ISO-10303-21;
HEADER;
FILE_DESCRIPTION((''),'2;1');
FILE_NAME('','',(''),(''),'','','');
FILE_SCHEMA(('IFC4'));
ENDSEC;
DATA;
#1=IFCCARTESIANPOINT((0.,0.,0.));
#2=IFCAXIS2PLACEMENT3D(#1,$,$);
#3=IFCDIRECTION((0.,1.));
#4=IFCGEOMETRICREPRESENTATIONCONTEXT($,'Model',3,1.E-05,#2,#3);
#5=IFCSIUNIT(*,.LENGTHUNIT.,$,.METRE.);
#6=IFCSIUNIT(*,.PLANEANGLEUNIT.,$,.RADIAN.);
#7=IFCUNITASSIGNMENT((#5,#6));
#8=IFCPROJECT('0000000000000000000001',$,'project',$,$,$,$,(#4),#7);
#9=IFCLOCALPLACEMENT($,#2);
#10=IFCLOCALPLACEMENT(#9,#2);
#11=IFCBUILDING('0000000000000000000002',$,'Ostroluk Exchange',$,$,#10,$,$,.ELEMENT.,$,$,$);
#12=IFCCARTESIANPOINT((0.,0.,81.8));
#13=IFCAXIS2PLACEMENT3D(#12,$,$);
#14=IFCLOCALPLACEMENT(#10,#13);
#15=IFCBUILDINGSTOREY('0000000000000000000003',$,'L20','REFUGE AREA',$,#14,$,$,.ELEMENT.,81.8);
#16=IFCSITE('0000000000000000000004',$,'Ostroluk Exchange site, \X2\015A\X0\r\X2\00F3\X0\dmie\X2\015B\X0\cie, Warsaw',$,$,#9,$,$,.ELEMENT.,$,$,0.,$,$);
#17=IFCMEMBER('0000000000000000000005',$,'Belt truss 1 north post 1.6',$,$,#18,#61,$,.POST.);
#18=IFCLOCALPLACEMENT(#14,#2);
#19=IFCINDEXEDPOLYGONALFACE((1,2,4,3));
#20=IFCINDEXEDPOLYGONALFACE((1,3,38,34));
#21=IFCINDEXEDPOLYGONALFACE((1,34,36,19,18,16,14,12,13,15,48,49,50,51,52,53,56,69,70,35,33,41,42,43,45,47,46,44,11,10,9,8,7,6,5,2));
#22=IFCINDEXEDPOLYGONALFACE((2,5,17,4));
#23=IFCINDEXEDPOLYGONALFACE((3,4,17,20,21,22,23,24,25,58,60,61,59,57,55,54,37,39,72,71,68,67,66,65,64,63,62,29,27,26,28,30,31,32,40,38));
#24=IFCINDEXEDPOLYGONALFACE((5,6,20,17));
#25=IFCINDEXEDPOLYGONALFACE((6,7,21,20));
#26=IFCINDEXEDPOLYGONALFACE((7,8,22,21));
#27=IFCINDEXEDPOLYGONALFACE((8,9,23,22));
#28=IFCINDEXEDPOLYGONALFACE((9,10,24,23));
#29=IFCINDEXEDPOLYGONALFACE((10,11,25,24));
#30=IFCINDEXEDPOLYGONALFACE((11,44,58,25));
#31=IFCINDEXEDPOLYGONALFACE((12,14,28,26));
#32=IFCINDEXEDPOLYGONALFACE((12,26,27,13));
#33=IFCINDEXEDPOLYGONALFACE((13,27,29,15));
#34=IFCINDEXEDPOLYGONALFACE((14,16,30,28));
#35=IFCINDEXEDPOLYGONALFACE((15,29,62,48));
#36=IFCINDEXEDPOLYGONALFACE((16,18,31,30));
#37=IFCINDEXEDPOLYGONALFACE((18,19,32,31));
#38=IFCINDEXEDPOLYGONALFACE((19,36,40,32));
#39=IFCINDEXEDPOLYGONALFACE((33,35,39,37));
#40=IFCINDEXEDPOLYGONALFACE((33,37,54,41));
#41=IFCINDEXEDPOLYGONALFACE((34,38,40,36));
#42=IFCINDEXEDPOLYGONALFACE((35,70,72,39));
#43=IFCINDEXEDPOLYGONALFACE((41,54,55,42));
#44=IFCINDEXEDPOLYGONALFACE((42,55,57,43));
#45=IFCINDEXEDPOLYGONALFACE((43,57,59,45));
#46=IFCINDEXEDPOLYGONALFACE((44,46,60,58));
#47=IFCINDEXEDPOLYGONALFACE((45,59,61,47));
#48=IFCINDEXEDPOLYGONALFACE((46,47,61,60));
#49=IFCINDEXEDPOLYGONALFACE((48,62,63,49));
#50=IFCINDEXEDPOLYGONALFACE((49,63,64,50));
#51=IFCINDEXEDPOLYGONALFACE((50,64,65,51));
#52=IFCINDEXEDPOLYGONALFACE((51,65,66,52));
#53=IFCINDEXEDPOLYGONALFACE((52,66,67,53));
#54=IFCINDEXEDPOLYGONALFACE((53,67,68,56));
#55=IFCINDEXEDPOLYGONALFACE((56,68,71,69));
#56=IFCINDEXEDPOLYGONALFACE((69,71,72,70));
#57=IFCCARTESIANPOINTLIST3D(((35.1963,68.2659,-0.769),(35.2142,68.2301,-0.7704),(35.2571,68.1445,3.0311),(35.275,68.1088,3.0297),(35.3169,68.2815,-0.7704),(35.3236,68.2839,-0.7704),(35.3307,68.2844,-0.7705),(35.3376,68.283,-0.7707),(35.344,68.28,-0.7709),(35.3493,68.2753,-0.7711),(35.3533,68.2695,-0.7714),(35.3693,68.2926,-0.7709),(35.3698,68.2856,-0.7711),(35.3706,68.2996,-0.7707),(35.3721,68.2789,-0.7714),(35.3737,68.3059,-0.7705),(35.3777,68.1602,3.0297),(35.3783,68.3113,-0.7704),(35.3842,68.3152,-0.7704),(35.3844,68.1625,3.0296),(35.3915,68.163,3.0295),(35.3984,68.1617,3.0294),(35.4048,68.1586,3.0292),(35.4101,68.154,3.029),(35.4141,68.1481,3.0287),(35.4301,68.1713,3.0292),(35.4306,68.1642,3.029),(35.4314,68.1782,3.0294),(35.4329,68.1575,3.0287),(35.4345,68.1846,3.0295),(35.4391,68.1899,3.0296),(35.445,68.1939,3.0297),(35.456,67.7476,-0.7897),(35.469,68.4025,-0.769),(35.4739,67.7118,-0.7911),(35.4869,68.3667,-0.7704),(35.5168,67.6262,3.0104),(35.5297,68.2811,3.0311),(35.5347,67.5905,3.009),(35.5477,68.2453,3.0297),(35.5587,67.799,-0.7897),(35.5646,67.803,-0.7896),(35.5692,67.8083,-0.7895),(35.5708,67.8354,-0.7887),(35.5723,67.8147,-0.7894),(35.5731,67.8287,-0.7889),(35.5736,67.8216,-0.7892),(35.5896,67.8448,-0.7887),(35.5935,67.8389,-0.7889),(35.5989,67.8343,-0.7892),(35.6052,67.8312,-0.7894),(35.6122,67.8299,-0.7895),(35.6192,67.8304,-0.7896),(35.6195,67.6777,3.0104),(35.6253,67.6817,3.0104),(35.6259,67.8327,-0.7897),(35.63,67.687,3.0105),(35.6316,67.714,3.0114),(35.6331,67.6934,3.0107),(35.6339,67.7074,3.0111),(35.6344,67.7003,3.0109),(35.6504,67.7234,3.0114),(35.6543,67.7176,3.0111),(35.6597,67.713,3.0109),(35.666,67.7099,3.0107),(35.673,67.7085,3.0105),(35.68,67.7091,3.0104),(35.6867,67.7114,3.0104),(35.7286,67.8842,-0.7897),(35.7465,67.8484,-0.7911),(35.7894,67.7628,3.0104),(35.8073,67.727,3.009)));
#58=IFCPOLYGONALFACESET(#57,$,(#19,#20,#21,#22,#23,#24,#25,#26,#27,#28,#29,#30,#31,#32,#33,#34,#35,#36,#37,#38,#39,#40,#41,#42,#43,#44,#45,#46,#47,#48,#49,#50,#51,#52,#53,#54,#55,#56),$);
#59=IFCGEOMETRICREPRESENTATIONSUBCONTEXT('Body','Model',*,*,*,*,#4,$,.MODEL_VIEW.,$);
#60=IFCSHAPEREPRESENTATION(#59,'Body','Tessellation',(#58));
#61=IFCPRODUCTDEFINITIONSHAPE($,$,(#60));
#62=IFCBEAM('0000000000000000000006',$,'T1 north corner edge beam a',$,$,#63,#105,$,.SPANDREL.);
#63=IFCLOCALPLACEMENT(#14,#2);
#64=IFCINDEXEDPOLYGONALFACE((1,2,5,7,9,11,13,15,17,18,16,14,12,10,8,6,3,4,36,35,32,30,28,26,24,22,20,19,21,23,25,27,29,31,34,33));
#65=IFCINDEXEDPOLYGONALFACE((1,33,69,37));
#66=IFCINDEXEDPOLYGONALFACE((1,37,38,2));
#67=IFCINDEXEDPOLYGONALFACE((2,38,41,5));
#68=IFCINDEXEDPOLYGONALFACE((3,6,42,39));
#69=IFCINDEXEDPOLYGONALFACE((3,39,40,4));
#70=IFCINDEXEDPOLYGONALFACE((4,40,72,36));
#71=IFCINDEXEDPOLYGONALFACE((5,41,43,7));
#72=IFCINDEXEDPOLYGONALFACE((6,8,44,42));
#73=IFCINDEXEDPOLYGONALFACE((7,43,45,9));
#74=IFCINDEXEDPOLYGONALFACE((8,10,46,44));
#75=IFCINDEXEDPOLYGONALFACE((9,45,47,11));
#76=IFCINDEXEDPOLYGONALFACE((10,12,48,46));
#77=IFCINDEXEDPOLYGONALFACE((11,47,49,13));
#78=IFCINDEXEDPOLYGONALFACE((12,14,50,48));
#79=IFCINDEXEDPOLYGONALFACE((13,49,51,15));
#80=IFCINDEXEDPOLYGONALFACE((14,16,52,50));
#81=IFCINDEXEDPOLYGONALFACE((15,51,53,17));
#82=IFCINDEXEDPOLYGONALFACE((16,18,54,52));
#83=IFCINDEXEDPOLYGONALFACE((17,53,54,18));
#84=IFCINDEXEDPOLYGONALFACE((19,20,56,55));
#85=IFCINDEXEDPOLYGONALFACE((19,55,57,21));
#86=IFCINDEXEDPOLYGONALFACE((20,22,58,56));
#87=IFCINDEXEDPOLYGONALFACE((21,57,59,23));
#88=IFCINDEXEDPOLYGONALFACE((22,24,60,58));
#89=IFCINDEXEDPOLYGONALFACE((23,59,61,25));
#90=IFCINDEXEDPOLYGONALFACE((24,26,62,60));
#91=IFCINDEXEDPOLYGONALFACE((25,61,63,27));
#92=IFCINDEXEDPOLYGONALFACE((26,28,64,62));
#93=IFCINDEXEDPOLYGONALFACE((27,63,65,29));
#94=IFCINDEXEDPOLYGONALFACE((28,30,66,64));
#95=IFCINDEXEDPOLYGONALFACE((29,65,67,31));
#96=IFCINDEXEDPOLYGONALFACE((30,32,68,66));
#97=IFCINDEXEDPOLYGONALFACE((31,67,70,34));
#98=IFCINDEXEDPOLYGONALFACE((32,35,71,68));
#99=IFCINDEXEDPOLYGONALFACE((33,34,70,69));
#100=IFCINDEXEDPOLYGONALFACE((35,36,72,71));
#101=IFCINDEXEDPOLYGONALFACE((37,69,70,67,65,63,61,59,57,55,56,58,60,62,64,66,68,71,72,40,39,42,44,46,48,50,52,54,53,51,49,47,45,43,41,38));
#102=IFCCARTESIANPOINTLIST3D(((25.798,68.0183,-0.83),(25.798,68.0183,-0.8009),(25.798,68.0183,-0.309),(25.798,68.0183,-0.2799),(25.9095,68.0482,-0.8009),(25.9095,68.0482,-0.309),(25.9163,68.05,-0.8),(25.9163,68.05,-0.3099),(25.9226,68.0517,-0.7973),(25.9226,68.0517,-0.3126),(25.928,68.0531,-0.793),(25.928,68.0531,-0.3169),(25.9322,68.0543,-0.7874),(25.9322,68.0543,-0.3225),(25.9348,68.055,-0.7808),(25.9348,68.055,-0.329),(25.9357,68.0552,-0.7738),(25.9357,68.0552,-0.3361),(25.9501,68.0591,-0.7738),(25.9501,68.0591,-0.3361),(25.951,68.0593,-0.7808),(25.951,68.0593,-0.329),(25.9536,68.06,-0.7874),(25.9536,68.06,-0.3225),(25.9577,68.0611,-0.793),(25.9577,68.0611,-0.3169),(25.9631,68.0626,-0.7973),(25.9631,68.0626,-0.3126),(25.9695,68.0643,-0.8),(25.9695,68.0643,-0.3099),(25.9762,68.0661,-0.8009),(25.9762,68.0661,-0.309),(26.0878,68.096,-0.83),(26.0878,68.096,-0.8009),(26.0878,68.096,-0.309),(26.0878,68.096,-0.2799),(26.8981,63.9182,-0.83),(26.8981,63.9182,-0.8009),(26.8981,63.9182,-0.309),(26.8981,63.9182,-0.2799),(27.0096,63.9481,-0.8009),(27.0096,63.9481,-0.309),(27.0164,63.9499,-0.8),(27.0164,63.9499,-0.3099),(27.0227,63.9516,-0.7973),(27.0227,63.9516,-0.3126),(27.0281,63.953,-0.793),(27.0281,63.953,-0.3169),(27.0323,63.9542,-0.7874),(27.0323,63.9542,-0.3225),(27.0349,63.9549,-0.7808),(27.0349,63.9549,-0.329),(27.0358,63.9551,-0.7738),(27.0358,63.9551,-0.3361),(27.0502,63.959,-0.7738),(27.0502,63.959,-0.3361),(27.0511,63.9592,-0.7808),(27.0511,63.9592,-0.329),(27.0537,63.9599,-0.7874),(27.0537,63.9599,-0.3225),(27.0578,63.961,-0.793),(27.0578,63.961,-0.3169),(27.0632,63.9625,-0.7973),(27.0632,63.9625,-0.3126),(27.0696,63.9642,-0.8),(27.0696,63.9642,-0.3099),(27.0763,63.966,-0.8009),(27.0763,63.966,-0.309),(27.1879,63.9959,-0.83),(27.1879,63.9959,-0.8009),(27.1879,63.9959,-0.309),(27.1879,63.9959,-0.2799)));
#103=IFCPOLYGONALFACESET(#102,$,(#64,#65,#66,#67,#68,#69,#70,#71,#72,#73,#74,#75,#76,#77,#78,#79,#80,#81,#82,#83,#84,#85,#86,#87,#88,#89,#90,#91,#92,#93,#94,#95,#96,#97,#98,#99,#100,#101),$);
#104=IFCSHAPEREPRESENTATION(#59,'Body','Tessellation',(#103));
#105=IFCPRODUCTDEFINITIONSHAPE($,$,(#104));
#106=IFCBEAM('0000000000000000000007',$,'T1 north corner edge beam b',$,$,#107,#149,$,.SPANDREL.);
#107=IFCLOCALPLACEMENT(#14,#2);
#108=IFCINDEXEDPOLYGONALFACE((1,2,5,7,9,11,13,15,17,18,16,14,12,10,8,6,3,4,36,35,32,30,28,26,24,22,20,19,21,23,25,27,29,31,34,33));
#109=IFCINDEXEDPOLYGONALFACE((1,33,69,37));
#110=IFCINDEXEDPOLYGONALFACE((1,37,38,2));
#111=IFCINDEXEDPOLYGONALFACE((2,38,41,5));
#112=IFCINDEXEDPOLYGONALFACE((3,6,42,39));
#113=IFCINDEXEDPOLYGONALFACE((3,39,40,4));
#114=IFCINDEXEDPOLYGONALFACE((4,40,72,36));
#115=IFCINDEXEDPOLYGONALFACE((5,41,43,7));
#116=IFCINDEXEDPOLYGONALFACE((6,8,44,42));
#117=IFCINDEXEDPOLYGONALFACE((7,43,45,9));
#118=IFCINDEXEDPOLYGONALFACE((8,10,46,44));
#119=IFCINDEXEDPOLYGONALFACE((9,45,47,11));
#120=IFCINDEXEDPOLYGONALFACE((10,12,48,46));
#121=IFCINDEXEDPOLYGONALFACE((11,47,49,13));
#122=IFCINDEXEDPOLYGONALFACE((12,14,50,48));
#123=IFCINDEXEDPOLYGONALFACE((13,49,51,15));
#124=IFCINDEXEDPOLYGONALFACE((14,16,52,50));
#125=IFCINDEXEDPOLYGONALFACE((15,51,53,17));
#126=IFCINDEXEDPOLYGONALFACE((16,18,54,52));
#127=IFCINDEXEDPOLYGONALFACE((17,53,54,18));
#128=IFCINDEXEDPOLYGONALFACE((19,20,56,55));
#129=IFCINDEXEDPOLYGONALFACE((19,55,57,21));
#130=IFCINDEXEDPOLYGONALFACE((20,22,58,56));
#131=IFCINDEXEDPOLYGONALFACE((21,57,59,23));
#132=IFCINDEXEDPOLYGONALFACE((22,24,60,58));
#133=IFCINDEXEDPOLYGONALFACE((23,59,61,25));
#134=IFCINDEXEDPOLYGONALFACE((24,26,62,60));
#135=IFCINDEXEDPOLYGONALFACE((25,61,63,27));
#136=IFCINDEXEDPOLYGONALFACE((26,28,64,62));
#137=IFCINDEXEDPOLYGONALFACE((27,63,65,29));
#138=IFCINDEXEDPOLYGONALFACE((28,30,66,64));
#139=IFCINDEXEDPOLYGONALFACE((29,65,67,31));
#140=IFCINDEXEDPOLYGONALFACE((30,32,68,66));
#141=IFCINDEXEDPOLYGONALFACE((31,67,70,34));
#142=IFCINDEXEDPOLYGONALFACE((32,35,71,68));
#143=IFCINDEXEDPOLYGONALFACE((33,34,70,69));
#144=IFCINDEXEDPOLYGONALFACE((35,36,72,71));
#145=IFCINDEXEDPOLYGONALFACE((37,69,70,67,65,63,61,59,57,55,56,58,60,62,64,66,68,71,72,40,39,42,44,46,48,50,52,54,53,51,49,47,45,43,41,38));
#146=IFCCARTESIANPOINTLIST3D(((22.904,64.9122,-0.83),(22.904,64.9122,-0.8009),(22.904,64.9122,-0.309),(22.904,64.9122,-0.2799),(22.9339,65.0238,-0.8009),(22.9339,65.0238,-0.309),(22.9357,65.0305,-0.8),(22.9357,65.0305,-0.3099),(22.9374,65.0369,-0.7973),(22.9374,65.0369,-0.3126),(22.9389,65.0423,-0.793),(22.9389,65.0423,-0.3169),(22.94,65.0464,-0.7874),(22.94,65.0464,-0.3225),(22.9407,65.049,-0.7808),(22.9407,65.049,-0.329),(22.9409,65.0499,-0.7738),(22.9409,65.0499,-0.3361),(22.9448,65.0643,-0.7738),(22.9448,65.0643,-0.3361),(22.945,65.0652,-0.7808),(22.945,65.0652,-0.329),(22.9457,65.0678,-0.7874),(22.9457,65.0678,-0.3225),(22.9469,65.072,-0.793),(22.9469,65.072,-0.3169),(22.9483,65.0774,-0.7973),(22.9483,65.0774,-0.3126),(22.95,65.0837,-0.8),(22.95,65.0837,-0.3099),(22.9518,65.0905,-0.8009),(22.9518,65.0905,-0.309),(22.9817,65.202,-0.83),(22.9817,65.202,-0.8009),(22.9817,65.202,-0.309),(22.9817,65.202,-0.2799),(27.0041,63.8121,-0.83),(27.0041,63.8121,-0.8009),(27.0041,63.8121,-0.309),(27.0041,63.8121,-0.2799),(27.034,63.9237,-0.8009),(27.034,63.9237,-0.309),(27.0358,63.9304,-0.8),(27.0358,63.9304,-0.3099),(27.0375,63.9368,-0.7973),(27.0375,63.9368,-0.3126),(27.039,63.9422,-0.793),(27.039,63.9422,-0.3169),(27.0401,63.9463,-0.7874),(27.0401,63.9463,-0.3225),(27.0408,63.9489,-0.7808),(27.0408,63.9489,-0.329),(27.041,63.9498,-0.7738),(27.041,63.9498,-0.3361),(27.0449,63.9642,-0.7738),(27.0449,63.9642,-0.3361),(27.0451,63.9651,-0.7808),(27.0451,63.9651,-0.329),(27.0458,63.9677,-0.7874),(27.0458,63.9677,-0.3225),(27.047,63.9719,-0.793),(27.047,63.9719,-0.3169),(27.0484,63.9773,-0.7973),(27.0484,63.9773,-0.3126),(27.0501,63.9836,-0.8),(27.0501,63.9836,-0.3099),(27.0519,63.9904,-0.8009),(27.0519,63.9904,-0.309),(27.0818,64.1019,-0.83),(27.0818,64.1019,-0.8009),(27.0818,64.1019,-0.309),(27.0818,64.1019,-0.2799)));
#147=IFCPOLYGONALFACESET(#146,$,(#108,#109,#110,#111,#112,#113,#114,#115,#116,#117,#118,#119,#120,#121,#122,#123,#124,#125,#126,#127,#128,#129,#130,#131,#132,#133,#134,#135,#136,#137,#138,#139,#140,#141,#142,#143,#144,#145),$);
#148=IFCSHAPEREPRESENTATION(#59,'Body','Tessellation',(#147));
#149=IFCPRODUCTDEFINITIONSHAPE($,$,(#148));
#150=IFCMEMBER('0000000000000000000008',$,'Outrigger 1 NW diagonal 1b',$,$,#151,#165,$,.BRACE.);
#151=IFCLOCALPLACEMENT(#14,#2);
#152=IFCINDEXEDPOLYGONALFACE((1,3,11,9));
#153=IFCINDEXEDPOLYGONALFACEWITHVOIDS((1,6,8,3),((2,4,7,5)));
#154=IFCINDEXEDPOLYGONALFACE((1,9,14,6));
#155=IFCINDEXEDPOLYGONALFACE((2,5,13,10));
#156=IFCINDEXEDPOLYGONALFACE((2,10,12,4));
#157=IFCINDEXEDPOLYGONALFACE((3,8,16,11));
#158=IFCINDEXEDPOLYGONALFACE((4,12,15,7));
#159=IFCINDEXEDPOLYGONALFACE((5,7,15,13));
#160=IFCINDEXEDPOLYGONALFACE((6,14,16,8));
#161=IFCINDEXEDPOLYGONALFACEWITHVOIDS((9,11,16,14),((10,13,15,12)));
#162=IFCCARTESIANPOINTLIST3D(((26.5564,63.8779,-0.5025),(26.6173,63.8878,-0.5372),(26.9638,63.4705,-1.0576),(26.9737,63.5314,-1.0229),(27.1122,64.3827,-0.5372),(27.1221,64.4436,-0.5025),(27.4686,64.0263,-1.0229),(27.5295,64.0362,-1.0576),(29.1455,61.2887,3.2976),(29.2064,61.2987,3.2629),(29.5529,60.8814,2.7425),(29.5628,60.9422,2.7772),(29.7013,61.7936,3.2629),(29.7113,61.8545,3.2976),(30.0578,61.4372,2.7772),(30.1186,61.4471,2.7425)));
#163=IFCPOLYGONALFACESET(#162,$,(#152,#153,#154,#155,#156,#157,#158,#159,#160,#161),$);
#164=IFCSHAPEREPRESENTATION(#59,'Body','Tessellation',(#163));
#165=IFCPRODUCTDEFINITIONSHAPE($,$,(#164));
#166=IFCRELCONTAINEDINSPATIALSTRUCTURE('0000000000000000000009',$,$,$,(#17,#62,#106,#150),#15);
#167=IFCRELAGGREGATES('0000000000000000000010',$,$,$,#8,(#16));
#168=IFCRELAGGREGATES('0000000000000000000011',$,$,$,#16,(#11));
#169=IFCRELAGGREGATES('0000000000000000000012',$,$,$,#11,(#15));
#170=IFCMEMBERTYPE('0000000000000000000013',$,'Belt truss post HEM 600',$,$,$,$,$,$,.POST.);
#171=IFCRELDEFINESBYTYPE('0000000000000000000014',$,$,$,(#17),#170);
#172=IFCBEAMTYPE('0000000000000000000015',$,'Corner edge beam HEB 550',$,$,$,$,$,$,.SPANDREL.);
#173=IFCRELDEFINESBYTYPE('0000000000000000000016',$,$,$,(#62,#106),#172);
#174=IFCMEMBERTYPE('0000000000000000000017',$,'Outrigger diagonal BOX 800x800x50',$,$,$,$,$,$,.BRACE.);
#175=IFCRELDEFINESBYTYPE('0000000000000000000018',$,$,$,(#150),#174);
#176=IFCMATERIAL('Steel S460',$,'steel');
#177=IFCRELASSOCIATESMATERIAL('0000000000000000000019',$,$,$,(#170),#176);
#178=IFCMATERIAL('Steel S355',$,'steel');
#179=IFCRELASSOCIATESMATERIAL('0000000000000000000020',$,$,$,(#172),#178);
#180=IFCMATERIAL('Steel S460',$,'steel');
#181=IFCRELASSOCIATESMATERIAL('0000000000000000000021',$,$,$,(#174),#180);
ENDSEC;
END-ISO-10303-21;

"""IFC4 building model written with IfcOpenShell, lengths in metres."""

from ifc_helpers import new_model, si_unit, direction, frame, origin, origin_2d, place, context, subcontext, project, spatial, hollow_rectangle, i_section, extrude, material, material_profile, profile_set, type_object, element, save


model = new_model("IFC4")

# Units and contexts
model_context = context("Model", 3, precision=1e-05, world=origin(), true_north=direction((0.0, 1.0)))
body_context = subcontext(model_context, "Body", "Model", "MODEL_VIEW")
ifc_project = project(units=[si_unit("LENGTHUNIT", "METRE"), si_unit("PLANEANGLEUNIT", "RADIAN")], contexts=[model_context])

# Site, building, storey
site_placement = place(None, origin())
site = spatial("IfcSite", under=ifc_project, at=site_placement, Name="Ostroluk Exchange site, Śródmieście, Warsaw", CompositionType="ELEMENT", RefElevation=0.0)
building_placement = place(site_placement, origin())
building = spatial("IfcBuilding", under=site, at=building_placement, Name="Ostroluk Exchange", CompositionType="ELEMENT")
storey_placement = place(building_placement, frame((0.0, 0.0, 81.8)))
storey = spatial("IfcBuildingStorey", under=building, at=storey_placement, Name="L20", Description="REFUGE AREA", CompositionType="ELEMENT", Elevation=81.8)

# Member
ifc_material_1 = material(Name="Steel S460", Category="steel")
ifc_material_profile_1 = material_profile(ifc_material_1, i_section(OverallWidth=0.3049, OverallDepth=0.6201, WebThickness=0.021, FlangeThickness=0.04, FilletRadius=0.0271, at=origin_2d()), Name="HEM 600")
ifc_profile_set_1 = profile_set([ifc_material_profile_1], Name="Steel S460")
member_type_1 = type_object("IfcMemberType", Name="Belt truss post HEM 600", PredefinedType="POST", material=ifc_profile_set_1)
member_1_placement = place(storey_placement, frame((35.4714, 68.0571, -0.78), z_axis=(0.015987, -0.03191, 0.999363), x_axis=(0.894067, 0.447933, 0.0)))
element("IfcMember", 1, at=member_1_placement, inside=storey, type_object=member_type_1, Name="Belt truss 1 north post 1.6", PredefinedType="POST", context=body_context, shape_type="SweptSolid", body=[
    extrude(i_section(OverallWidth=0.3049, OverallDepth=0.6201, WebThickness=0.021, FlangeThickness=0.04, FilletRadius=0.0271, at=origin_2d()), origin(), (0.0, 0.0, 1.0), 3.8025),
])

# Beams
ifc_material_2 = material(Name="Steel S355", Category="steel")
ifc_material_profile_2 = material_profile(ifc_material_2, i_section(OverallWidth=0.3, OverallDepth=0.55, WebThickness=0.0149, FlangeThickness=0.0291, FilletRadius=0.0271, at=origin_2d()), Name="HEB 550")
ifc_profile_set_2 = profile_set([ifc_material_profile_2], Name="Steel S355")
beam_type_1 = type_object("IfcBeamType", Name="Corner edge beam HEB 550", PredefinedType="SPANDREL", material=ifc_profile_set_2)
for number, where, z_axis, x_axis, name in (
    (2, (27.043, 63.957, -0.5549), (-0.259144, 0.965839, 0.0), (-0.965839, -0.259144, 0.0), "T1 north corner edge beam a"),
    (3, (27.043, 63.957, -0.5549), (-0.965839, 0.259144, 0.0), (-0.259144, -0.965839, 0.0), "T1 north corner edge beam b"),
):
    element("IfcBeam", number, at=place(storey_placement, frame(where, z_axis=z_axis, x_axis=x_axis)), inside=storey, type_object=beam_type_1, Name=name, PredefinedType="SPANDREL", context=body_context, shape_type="SweptSolid", body=[
        extrude(i_section(OverallWidth=0.3, OverallDepth=0.55, WebThickness=0.0149, FlangeThickness=0.0291, FilletRadius=0.0271, at=origin_2d()), origin(), (0.0, 0.0, 1.0), 4.2451),
    ])

# Member
ifc_material_3 = material(Name="Steel S460", Category="steel")
ifc_material_profile_3 = material_profile(ifc_material_3, hollow_rectangle(XDim=0.8, YDim=0.8, WallThickness=0.05, at=origin_2d()), Name="BOX 800x800x50")
ifc_profile_set_3 = profile_set([ifc_material_profile_3], Name="Steel S460")
member_type_2 = type_object("IfcMemberType", Name="Outrigger diagonal BOX 800x800x50", PredefinedType="BRACE", material=ifc_profile_set_3)
member_2_placement = place(storey_placement, frame((29.6321, 61.3679, 3.02), z_axis=(-0.490635, 0.490635, -0.720107), x_axis=(-0.707107, -0.707107, 0.0)))
element("IfcMember", 4, at=member_2_placement, inside=storey, type_object=member_type_2, Name="Outrigger 1 NW diagonal 1b", PredefinedType="BRACE", context=body_context, shape_type="SweptSolid", body=[
    extrude(hollow_rectangle(XDim=0.8, YDim=0.8, WallThickness=0.05, at=origin_2d()), origin(), (0.0, 0.0, 1.0), 5.2771),
])

save(model, "model.ifc")
